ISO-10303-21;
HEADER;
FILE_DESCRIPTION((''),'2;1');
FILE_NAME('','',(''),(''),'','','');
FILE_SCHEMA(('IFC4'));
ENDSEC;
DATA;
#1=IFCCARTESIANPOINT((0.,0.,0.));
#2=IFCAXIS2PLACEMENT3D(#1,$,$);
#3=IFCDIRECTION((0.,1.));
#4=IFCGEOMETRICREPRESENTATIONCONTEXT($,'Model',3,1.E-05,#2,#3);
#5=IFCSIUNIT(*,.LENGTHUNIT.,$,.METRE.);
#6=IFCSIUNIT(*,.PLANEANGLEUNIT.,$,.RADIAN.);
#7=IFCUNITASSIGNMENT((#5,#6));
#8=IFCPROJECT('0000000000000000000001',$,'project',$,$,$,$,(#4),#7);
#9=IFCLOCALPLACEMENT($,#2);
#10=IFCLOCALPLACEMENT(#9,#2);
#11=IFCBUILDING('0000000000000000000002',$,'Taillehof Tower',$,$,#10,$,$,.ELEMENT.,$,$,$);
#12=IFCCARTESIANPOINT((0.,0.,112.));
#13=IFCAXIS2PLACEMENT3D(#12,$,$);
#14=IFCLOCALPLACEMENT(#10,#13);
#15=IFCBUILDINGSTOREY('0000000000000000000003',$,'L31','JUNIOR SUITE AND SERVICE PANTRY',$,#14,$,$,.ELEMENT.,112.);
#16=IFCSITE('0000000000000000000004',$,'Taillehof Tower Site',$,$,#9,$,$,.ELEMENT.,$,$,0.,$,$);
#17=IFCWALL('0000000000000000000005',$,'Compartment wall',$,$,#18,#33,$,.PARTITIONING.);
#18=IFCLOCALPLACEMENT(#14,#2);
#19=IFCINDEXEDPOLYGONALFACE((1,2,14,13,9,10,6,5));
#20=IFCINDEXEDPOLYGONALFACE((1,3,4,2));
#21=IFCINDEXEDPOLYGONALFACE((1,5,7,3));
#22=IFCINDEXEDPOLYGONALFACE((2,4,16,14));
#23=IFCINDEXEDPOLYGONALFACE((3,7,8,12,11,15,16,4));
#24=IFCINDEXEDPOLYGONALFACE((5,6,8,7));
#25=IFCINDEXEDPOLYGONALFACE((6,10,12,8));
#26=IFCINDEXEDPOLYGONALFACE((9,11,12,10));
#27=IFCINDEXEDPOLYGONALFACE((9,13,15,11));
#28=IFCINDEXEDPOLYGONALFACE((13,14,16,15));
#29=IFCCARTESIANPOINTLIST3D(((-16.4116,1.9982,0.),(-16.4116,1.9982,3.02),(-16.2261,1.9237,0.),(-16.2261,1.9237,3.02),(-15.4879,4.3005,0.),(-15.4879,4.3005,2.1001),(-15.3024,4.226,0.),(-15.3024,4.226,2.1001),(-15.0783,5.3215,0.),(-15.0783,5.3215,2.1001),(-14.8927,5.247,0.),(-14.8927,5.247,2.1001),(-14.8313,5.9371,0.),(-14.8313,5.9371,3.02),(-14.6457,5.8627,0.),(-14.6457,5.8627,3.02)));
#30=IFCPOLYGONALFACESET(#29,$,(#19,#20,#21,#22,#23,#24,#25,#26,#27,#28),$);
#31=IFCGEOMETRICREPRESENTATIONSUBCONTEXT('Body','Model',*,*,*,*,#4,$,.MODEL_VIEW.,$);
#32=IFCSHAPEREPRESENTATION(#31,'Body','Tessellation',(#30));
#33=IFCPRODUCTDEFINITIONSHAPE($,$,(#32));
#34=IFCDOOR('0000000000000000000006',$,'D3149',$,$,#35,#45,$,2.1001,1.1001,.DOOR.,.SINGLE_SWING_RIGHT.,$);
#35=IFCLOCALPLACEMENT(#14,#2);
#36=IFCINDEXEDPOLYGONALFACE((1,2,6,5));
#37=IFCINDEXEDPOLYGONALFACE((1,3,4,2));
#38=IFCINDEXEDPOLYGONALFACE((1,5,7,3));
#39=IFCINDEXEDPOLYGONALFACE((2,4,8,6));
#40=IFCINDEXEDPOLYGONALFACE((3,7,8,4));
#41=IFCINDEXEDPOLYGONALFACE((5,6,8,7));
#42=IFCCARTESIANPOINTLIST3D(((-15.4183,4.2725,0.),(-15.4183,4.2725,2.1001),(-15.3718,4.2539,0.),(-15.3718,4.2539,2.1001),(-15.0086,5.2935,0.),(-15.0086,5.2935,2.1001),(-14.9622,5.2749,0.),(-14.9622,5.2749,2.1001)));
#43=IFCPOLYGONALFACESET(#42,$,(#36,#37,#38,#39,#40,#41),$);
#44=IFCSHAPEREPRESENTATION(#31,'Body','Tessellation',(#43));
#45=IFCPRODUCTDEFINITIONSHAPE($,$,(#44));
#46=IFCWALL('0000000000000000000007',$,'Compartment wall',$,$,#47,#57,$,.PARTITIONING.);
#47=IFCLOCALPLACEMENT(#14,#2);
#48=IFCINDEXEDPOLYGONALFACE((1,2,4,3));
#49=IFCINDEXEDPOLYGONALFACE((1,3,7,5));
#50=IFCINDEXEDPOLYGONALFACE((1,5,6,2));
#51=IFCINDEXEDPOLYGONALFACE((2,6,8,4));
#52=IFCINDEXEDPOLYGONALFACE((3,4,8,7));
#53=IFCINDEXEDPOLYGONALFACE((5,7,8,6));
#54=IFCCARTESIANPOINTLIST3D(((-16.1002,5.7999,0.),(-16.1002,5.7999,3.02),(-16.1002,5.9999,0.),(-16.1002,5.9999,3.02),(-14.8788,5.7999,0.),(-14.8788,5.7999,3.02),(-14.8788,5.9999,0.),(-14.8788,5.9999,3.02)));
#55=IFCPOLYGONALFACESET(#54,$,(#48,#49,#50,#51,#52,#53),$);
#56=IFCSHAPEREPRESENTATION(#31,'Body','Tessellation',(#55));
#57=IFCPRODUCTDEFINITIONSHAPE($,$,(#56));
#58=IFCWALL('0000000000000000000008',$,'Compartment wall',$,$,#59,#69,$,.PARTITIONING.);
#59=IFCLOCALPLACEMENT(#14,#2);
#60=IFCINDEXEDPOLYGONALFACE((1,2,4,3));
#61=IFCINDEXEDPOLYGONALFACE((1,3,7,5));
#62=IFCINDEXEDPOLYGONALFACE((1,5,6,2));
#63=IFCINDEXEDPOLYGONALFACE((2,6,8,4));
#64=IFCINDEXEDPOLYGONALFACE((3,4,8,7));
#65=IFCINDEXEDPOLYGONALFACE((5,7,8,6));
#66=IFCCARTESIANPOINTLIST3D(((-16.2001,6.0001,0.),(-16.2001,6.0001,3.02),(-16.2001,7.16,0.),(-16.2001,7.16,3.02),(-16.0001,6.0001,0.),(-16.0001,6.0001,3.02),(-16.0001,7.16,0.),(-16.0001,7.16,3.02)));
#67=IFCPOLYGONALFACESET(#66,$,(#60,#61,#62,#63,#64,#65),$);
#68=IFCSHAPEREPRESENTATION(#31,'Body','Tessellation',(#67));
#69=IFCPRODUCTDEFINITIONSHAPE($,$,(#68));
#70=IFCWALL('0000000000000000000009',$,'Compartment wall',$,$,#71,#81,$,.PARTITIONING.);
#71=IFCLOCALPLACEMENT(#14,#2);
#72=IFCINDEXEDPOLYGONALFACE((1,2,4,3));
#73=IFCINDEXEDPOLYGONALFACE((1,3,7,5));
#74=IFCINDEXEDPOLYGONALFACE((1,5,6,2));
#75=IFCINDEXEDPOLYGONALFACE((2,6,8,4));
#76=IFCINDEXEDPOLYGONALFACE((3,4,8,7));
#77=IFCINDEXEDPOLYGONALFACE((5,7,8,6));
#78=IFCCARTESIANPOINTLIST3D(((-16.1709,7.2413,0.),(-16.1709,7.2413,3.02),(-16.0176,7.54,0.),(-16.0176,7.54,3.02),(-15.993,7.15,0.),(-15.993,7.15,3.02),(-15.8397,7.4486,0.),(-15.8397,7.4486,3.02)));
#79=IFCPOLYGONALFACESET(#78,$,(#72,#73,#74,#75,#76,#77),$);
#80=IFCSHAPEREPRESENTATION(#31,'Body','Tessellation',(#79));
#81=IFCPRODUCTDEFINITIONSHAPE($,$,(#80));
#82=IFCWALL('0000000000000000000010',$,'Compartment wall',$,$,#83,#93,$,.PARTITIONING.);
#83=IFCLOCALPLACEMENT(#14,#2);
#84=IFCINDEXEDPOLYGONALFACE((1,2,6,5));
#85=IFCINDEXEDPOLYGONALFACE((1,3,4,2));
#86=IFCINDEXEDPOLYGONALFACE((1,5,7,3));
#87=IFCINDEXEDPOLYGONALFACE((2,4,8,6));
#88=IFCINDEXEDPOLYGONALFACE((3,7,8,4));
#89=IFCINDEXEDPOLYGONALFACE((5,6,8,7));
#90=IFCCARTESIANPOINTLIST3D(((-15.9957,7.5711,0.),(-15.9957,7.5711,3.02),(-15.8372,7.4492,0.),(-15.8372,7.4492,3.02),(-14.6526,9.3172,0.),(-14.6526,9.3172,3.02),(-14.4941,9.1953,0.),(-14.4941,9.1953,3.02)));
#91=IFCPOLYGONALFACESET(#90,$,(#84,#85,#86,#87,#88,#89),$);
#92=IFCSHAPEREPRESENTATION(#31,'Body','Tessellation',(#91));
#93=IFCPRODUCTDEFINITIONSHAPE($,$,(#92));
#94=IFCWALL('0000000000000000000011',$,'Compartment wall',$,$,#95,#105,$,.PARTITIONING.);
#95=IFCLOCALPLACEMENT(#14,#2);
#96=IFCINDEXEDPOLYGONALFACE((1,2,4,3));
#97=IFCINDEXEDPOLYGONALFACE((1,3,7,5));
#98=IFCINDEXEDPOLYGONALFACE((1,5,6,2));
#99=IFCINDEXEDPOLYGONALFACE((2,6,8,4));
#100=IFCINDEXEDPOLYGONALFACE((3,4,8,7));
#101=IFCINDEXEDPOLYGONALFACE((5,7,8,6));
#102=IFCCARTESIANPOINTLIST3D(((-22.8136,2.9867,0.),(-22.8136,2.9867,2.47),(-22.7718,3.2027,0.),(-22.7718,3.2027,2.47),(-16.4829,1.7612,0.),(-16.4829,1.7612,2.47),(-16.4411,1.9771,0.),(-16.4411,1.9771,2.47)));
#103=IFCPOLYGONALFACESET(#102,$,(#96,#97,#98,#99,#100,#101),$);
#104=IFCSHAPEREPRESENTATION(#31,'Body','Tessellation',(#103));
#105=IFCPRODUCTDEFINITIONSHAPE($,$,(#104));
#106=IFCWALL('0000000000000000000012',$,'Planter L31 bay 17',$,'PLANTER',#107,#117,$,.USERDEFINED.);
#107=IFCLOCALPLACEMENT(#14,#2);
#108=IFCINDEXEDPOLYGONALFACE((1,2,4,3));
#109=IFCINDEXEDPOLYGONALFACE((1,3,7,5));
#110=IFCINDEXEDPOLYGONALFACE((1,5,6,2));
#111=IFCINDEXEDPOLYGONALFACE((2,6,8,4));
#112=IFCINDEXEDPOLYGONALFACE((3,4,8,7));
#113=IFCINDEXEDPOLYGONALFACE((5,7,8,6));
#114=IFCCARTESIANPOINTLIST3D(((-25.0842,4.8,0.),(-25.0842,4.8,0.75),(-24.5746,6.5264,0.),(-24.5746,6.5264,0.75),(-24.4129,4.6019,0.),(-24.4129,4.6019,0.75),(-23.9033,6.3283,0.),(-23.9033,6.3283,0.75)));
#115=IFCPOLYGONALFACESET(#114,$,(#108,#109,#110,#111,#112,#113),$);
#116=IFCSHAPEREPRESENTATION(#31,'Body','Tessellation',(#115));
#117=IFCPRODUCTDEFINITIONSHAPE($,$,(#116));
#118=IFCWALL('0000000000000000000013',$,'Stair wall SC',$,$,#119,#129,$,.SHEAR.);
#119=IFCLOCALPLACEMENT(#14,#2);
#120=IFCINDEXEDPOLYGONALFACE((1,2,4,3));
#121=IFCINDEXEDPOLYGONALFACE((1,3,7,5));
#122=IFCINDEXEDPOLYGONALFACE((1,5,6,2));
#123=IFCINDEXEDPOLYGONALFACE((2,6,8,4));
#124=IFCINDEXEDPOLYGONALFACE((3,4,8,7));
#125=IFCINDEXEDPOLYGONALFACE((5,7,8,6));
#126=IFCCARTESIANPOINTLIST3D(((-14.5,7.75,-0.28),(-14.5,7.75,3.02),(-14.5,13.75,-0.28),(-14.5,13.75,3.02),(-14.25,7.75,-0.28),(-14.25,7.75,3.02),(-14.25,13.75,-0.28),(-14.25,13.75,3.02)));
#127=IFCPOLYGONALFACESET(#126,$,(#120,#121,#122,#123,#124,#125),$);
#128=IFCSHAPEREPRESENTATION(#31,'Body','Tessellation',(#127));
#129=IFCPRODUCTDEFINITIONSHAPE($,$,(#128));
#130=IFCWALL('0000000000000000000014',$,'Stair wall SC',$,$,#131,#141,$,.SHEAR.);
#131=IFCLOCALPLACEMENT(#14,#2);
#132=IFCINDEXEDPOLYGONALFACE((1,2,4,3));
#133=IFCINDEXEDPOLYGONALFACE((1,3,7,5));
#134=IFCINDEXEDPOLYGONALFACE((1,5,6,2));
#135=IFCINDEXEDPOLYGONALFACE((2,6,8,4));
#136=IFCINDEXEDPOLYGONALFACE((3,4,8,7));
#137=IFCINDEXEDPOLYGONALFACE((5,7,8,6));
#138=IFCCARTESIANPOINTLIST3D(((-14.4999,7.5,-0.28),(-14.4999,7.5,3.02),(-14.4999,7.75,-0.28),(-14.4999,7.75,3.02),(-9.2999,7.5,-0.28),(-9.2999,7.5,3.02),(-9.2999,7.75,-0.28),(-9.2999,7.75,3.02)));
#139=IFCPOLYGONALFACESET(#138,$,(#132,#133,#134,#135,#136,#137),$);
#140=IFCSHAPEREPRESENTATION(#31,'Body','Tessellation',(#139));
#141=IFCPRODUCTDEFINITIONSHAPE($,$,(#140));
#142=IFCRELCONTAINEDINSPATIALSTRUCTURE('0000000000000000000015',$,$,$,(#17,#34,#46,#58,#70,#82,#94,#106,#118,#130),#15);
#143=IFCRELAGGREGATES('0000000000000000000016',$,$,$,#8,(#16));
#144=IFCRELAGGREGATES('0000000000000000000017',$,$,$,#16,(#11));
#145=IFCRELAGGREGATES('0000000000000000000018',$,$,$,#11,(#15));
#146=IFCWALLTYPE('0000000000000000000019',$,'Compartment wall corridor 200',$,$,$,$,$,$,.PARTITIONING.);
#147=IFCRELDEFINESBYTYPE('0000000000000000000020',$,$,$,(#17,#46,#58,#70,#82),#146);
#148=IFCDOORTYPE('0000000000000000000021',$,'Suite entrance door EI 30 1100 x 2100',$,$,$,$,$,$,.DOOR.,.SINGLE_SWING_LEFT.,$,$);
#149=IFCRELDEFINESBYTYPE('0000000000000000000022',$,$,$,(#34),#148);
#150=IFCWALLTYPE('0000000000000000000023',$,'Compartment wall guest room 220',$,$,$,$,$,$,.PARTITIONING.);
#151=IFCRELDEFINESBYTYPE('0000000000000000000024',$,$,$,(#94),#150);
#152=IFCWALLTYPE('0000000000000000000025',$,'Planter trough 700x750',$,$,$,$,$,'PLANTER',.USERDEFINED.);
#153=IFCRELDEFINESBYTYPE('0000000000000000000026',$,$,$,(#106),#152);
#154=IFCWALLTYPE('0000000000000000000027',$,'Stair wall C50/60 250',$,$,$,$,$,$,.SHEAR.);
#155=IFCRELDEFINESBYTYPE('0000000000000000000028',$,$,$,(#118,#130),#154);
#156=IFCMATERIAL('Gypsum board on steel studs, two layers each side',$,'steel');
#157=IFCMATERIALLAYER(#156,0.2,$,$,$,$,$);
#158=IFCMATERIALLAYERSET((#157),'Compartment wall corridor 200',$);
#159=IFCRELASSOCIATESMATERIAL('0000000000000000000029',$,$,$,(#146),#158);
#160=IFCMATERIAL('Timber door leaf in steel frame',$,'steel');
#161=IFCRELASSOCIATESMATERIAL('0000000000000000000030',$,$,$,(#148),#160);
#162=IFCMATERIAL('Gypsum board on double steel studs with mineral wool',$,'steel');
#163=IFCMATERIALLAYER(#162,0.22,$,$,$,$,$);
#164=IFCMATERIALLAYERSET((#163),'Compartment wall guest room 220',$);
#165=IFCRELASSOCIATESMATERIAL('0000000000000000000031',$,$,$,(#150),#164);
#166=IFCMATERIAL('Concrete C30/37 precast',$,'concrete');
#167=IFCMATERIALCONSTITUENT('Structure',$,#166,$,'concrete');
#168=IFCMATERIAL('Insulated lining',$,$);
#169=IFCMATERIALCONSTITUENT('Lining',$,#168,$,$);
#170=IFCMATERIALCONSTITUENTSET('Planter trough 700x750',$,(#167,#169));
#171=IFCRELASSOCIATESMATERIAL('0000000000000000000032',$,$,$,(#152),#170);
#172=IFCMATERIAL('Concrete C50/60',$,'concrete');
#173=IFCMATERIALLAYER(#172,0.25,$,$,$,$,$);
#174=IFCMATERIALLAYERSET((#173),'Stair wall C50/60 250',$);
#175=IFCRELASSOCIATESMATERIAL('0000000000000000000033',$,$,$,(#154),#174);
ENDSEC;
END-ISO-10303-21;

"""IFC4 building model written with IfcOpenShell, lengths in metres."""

from ifc_helpers import new_model, si_unit, direction, frame, frame_2d, origin, place, context, subcontext, project, spatial, rectangle, extrude, material, layer, layer_set, constituent, constituent_set, type_object, element, fill, save


model = new_model("IFC4")

# Units and contexts
model_context = context("Model", 3, precision=1e-05, world=origin(), true_north=direction((0.0, 1.0)))
body_context = subcontext(model_context, "Body", "Model", "MODEL_VIEW")
ifc_project = project(units=[si_unit("LENGTHUNIT", "METRE"), si_unit("PLANEANGLEUNIT", "RADIAN")], contexts=[model_context])

# Site, building, storey
site_placement = place(None, origin())
site = spatial("IfcSite", under=ifc_project, at=site_placement, Name="Taillehof Tower Site", CompositionType="ELEMENT", RefElevation=0.0)
building_placement = place(site_placement, origin())
building = spatial("IfcBuilding", under=site, at=building_placement, Name="Taillehof Tower", CompositionType="ELEMENT")
storey_placement = place(building_placement, frame((0.0, 0.0, 112.0)))
storey = spatial("IfcBuildingStorey", under=building, at=storey_placement, Name="L31", Description="JUNIOR SUITE AND SERVICE PANTRY", CompositionType="ELEMENT", Elevation=112.0)

# Wall, opening, door
ifc_material_1 = material(Name="Gypsum board on steel studs, two layers each side", Category="steel")
ifc_layer_1 = layer(ifc_material_1, 0.2)
ifc_layer_set_1 = layer_set([ifc_layer_1], Name="Compartment wall corridor 200")
wall_type_1 = type_object("IfcWallType", Name="Compartment wall corridor 200", PredefinedType="PARTITIONING", material=ifc_layer_set_1)
wall_1_placement = place(storey_placement, frame((-16.3188, 1.9609, 0.0), z_axis=(0.0, 0.0, 1.0), x_axis=(0.372353, 0.928091, 0.0)))
wall_1 = element("IfcWall", 1, at=wall_1_placement, inside=storey, type_object=wall_type_1, Name="Compartment wall", PredefinedType="PARTITIONING", context=body_context, shape_type="SweptSolid", body=[
    extrude(rectangle(XDim=4.2441, YDim=0.2, at=frame_2d((2.1221, 0.0))), origin(), (0.0, 0.0, 1.0), 3.02),
])
opening_1_placement = place(wall_1_placement, frame((2.4807, 0.0, 0.0)))
opening_1 = element("IfcOpeningElement", 2, at=opening_1_placement, cuts=wall_1, PredefinedType="OPENING", context=body_context, shape_type="SweptSolid", body=[
    extrude(rectangle(XDim=1.1001, YDim=2.1001, at=frame_2d((0.55, 1.05))), frame((0.0, 0.1099, 0.0), z_axis=(0.0, -1.0, 0.0), x_axis=(1.0, 0.0, 0.0)), (0.0, 0.0, 1.0), 0.22),
])
ifc_material_2 = material(Name="Timber door leaf in steel frame", Category="steel")
door_type_1 = type_object("IfcDoorType", Name="Suite entrance door EI 30 1100 x 2100", OperationType="SINGLE_SWING_LEFT", PredefinedType="DOOR", material=ifc_material_2)
door_1_placement = place(opening_1_placement, origin())
door_1 = element("IfcDoor", 3, at=door_1_placement, inside=storey, type_object=door_type_1, Name="D3149", OperationType="SINGLE_SWING_RIGHT", OverallHeight=2.1001, OverallWidth=1.1001, PredefinedType="DOOR", context=body_context, shape_type="SweptSolid", body=[
    extrude(rectangle(XDim=1.1001, YDim=2.1001, at=frame_2d((0.55, 1.05))), frame((0.0, 0.0249, 0.0), z_axis=(0.0, -1.0, 0.0), x_axis=(1.0, 0.0, 0.0)), (0.0, 0.0, 1.0), 0.05),
])
fill(opening_1, door_1)

# Walls
wall_2_placement = place(storey_placement, frame((-14.8787, 5.8999, 0.0), z_axis=(0.0, 0.0, 1.0), x_axis=(-1.0, 0.0, 0.0)))
element("IfcWall", 4, at=wall_2_placement, inside=storey, type_object=wall_type_1, Name="Compartment wall", PredefinedType="PARTITIONING", context=body_context, shape_type="SweptSolid", body=[
    extrude(rectangle(XDim=1.2214, YDim=0.2, at=frame_2d((0.6108, 0.0))), origin(), (0.0, 0.0, 1.0), 3.02),
])
wall_3_placement = place(storey_placement, frame((-16.1001, 6.0, 0.0), z_axis=(0.0, 0.0, 1.0), x_axis=(0.0, 1.0, 0.0)))
element("IfcWall", 5, at=wall_3_placement, inside=storey, type_object=wall_type_1, Name="Compartment wall", PredefinedType="PARTITIONING", context=body_context, shape_type="SweptSolid", body=[
    extrude(rectangle(XDim=1.1599, YDim=0.2, at=frame_2d((0.5801, 0.0))), origin(), (0.0, 0.0, 1.0), 3.02),
])
wall_4_placement = place(storey_placement, frame((-16.082, 7.1956, 0.0), z_axis=(0.0, 0.0, 1.0), x_axis=(0.456789, 0.889575, 0.0)))
element("IfcWall", 6, at=wall_4_placement, inside=storey, type_object=wall_type_1, Name="Compartment wall", PredefinedType="PARTITIONING", context=body_context, shape_type="SweptSolid", body=[
    extrude(rectangle(XDim=0.3357, YDim=0.2, at=frame_2d((0.168, 0.0))), origin(), (0.0, 0.0, 1.0), 3.02),
])
wall_5_placement = place(storey_placement, frame((-15.9165, 7.51, 0.0), z_axis=(0.0, 0.0, 1.0), x_axis=(0.609673, 0.792653, 0.0)))
element("IfcWall", 7, at=wall_5_placement, inside=storey, type_object=wall_type_1, Name="Compartment wall", PredefinedType="PARTITIONING", context=body_context, shape_type="SweptSolid", body=[
    extrude(rectangle(XDim=2.2029, YDim=0.2, at=frame_2d((1.1016, 0.0))), origin(), (0.0, 0.0, 1.0), 3.02),
])
ifc_material_3 = material(Name="Gypsum board on double steel studs with mineral wool", Category="steel")
ifc_layer_2 = layer(ifc_material_3, 0.22)
ifc_layer_set_2 = layer_set([ifc_layer_2], Name="Compartment wall guest room 220")
wall_type_2 = type_object("IfcWallType", Name="Compartment wall guest room 220", PredefinedType="PARTITIONING", material=ifc_layer_set_2)
wall_6_placement = place(storey_placement, frame((-22.7927, 3.0947, 0.0), z_axis=(0.0, 0.0, 1.0), x_axis=(0.981772, -0.190062, 0.0)))
element("IfcWall", 8, at=wall_6_placement, inside=storey, type_object=wall_type_2, Name="Compartment wall", PredefinedType="PARTITIONING", context=body_context, shape_type="SweptSolid", body=[
    extrude(rectangle(XDim=6.4482, YDim=0.22, at=frame_2d((3.2241, 0.0))), origin(), (0.0, 0.0, 1.0), 2.47),
])
ifc_material_4 = material(Name="Concrete C30/37 precast", Category="concrete")
ifc_constituent_1 = constituent(ifc_material_4, Name="Structure", Category="concrete")
ifc_material_5 = material(Name="Insulated lining")
ifc_constituent_2 = constituent(ifc_material_5, Name="Lining")
ifc_constituent_set = constituent_set(constituents=[ifc_constituent_1, ifc_constituent_2], Name="Planter trough 700x750")
wall_type_3 = type_object("IfcWallType", Name="Planter trough 700x750", ElementType="PLANTER", PredefinedType="USERDEFINED", material=ifc_constituent_set)
wall_7_placement = place(storey_placement, frame((-24.239, 6.4272, 0.0), z_axis=(0.0, 0.0, 1.0), x_axis=(-0.283077, -0.959097, 0.0)))
element("IfcWall", 9, at=wall_7_placement, inside=storey, type_object=wall_type_3, Name="Planter L31 bay 17", ObjectType="PLANTER", PredefinedType="USERDEFINED", context=body_context, shape_type="SweptSolid", body=[
    extrude(rectangle(XDim=1.8, YDim=0.7, at=frame_2d((0.8999, 0.0))), origin(), (0.0, 0.0, 1.0), 0.75),
])
ifc_material_6 = material(Name="Concrete C50/60", Category="concrete")
ifc_layer_3 = layer(ifc_material_6, 0.25)
ifc_layer_set_3 = layer_set([ifc_layer_3], Name="Stair wall C50/60 250")
wall_type_4 = type_object("IfcWallType", Name="Stair wall C50/60 250", PredefinedType="SHEAR", material=ifc_layer_set_3)
wall_8_placement = place(storey_placement, frame((-14.375, 7.75, -0.28), z_axis=(0.0, 0.0, 1.0), x_axis=(0.0, 1.0, 0.0)))
element("IfcWall", 10, at=wall_8_placement, inside=storey, type_object=wall_type_4, Name="Stair wall SC", PredefinedType="SHEAR", context=body_context, shape_type="SweptSolid", body=[
    extrude(rectangle(XDim=6.0, YDim=0.25, at=frame_2d((3.0, 0.0))), origin(), (0.0, 0.0, 1.0), 3.3),
])
wall_9_placement = place(storey_placement, frame((-14.5, 7.625, -0.28), z_axis=(0.0, 0.0, 1.0), x_axis=(1.0, 0.0, 0.0)))
element("IfcWall", 11, at=wall_9_placement, inside=storey, type_object=wall_type_4, Name="Stair wall SC", PredefinedType="SHEAR", context=body_context, shape_type="SweptSolid", body=[
    extrude(rectangle(XDim=5.2, YDim=0.25, at=frame_2d((2.6001, 0.0))), origin(), (0.0, 0.0, 1.0), 3.3),
])

save(model, "model.ifc")
